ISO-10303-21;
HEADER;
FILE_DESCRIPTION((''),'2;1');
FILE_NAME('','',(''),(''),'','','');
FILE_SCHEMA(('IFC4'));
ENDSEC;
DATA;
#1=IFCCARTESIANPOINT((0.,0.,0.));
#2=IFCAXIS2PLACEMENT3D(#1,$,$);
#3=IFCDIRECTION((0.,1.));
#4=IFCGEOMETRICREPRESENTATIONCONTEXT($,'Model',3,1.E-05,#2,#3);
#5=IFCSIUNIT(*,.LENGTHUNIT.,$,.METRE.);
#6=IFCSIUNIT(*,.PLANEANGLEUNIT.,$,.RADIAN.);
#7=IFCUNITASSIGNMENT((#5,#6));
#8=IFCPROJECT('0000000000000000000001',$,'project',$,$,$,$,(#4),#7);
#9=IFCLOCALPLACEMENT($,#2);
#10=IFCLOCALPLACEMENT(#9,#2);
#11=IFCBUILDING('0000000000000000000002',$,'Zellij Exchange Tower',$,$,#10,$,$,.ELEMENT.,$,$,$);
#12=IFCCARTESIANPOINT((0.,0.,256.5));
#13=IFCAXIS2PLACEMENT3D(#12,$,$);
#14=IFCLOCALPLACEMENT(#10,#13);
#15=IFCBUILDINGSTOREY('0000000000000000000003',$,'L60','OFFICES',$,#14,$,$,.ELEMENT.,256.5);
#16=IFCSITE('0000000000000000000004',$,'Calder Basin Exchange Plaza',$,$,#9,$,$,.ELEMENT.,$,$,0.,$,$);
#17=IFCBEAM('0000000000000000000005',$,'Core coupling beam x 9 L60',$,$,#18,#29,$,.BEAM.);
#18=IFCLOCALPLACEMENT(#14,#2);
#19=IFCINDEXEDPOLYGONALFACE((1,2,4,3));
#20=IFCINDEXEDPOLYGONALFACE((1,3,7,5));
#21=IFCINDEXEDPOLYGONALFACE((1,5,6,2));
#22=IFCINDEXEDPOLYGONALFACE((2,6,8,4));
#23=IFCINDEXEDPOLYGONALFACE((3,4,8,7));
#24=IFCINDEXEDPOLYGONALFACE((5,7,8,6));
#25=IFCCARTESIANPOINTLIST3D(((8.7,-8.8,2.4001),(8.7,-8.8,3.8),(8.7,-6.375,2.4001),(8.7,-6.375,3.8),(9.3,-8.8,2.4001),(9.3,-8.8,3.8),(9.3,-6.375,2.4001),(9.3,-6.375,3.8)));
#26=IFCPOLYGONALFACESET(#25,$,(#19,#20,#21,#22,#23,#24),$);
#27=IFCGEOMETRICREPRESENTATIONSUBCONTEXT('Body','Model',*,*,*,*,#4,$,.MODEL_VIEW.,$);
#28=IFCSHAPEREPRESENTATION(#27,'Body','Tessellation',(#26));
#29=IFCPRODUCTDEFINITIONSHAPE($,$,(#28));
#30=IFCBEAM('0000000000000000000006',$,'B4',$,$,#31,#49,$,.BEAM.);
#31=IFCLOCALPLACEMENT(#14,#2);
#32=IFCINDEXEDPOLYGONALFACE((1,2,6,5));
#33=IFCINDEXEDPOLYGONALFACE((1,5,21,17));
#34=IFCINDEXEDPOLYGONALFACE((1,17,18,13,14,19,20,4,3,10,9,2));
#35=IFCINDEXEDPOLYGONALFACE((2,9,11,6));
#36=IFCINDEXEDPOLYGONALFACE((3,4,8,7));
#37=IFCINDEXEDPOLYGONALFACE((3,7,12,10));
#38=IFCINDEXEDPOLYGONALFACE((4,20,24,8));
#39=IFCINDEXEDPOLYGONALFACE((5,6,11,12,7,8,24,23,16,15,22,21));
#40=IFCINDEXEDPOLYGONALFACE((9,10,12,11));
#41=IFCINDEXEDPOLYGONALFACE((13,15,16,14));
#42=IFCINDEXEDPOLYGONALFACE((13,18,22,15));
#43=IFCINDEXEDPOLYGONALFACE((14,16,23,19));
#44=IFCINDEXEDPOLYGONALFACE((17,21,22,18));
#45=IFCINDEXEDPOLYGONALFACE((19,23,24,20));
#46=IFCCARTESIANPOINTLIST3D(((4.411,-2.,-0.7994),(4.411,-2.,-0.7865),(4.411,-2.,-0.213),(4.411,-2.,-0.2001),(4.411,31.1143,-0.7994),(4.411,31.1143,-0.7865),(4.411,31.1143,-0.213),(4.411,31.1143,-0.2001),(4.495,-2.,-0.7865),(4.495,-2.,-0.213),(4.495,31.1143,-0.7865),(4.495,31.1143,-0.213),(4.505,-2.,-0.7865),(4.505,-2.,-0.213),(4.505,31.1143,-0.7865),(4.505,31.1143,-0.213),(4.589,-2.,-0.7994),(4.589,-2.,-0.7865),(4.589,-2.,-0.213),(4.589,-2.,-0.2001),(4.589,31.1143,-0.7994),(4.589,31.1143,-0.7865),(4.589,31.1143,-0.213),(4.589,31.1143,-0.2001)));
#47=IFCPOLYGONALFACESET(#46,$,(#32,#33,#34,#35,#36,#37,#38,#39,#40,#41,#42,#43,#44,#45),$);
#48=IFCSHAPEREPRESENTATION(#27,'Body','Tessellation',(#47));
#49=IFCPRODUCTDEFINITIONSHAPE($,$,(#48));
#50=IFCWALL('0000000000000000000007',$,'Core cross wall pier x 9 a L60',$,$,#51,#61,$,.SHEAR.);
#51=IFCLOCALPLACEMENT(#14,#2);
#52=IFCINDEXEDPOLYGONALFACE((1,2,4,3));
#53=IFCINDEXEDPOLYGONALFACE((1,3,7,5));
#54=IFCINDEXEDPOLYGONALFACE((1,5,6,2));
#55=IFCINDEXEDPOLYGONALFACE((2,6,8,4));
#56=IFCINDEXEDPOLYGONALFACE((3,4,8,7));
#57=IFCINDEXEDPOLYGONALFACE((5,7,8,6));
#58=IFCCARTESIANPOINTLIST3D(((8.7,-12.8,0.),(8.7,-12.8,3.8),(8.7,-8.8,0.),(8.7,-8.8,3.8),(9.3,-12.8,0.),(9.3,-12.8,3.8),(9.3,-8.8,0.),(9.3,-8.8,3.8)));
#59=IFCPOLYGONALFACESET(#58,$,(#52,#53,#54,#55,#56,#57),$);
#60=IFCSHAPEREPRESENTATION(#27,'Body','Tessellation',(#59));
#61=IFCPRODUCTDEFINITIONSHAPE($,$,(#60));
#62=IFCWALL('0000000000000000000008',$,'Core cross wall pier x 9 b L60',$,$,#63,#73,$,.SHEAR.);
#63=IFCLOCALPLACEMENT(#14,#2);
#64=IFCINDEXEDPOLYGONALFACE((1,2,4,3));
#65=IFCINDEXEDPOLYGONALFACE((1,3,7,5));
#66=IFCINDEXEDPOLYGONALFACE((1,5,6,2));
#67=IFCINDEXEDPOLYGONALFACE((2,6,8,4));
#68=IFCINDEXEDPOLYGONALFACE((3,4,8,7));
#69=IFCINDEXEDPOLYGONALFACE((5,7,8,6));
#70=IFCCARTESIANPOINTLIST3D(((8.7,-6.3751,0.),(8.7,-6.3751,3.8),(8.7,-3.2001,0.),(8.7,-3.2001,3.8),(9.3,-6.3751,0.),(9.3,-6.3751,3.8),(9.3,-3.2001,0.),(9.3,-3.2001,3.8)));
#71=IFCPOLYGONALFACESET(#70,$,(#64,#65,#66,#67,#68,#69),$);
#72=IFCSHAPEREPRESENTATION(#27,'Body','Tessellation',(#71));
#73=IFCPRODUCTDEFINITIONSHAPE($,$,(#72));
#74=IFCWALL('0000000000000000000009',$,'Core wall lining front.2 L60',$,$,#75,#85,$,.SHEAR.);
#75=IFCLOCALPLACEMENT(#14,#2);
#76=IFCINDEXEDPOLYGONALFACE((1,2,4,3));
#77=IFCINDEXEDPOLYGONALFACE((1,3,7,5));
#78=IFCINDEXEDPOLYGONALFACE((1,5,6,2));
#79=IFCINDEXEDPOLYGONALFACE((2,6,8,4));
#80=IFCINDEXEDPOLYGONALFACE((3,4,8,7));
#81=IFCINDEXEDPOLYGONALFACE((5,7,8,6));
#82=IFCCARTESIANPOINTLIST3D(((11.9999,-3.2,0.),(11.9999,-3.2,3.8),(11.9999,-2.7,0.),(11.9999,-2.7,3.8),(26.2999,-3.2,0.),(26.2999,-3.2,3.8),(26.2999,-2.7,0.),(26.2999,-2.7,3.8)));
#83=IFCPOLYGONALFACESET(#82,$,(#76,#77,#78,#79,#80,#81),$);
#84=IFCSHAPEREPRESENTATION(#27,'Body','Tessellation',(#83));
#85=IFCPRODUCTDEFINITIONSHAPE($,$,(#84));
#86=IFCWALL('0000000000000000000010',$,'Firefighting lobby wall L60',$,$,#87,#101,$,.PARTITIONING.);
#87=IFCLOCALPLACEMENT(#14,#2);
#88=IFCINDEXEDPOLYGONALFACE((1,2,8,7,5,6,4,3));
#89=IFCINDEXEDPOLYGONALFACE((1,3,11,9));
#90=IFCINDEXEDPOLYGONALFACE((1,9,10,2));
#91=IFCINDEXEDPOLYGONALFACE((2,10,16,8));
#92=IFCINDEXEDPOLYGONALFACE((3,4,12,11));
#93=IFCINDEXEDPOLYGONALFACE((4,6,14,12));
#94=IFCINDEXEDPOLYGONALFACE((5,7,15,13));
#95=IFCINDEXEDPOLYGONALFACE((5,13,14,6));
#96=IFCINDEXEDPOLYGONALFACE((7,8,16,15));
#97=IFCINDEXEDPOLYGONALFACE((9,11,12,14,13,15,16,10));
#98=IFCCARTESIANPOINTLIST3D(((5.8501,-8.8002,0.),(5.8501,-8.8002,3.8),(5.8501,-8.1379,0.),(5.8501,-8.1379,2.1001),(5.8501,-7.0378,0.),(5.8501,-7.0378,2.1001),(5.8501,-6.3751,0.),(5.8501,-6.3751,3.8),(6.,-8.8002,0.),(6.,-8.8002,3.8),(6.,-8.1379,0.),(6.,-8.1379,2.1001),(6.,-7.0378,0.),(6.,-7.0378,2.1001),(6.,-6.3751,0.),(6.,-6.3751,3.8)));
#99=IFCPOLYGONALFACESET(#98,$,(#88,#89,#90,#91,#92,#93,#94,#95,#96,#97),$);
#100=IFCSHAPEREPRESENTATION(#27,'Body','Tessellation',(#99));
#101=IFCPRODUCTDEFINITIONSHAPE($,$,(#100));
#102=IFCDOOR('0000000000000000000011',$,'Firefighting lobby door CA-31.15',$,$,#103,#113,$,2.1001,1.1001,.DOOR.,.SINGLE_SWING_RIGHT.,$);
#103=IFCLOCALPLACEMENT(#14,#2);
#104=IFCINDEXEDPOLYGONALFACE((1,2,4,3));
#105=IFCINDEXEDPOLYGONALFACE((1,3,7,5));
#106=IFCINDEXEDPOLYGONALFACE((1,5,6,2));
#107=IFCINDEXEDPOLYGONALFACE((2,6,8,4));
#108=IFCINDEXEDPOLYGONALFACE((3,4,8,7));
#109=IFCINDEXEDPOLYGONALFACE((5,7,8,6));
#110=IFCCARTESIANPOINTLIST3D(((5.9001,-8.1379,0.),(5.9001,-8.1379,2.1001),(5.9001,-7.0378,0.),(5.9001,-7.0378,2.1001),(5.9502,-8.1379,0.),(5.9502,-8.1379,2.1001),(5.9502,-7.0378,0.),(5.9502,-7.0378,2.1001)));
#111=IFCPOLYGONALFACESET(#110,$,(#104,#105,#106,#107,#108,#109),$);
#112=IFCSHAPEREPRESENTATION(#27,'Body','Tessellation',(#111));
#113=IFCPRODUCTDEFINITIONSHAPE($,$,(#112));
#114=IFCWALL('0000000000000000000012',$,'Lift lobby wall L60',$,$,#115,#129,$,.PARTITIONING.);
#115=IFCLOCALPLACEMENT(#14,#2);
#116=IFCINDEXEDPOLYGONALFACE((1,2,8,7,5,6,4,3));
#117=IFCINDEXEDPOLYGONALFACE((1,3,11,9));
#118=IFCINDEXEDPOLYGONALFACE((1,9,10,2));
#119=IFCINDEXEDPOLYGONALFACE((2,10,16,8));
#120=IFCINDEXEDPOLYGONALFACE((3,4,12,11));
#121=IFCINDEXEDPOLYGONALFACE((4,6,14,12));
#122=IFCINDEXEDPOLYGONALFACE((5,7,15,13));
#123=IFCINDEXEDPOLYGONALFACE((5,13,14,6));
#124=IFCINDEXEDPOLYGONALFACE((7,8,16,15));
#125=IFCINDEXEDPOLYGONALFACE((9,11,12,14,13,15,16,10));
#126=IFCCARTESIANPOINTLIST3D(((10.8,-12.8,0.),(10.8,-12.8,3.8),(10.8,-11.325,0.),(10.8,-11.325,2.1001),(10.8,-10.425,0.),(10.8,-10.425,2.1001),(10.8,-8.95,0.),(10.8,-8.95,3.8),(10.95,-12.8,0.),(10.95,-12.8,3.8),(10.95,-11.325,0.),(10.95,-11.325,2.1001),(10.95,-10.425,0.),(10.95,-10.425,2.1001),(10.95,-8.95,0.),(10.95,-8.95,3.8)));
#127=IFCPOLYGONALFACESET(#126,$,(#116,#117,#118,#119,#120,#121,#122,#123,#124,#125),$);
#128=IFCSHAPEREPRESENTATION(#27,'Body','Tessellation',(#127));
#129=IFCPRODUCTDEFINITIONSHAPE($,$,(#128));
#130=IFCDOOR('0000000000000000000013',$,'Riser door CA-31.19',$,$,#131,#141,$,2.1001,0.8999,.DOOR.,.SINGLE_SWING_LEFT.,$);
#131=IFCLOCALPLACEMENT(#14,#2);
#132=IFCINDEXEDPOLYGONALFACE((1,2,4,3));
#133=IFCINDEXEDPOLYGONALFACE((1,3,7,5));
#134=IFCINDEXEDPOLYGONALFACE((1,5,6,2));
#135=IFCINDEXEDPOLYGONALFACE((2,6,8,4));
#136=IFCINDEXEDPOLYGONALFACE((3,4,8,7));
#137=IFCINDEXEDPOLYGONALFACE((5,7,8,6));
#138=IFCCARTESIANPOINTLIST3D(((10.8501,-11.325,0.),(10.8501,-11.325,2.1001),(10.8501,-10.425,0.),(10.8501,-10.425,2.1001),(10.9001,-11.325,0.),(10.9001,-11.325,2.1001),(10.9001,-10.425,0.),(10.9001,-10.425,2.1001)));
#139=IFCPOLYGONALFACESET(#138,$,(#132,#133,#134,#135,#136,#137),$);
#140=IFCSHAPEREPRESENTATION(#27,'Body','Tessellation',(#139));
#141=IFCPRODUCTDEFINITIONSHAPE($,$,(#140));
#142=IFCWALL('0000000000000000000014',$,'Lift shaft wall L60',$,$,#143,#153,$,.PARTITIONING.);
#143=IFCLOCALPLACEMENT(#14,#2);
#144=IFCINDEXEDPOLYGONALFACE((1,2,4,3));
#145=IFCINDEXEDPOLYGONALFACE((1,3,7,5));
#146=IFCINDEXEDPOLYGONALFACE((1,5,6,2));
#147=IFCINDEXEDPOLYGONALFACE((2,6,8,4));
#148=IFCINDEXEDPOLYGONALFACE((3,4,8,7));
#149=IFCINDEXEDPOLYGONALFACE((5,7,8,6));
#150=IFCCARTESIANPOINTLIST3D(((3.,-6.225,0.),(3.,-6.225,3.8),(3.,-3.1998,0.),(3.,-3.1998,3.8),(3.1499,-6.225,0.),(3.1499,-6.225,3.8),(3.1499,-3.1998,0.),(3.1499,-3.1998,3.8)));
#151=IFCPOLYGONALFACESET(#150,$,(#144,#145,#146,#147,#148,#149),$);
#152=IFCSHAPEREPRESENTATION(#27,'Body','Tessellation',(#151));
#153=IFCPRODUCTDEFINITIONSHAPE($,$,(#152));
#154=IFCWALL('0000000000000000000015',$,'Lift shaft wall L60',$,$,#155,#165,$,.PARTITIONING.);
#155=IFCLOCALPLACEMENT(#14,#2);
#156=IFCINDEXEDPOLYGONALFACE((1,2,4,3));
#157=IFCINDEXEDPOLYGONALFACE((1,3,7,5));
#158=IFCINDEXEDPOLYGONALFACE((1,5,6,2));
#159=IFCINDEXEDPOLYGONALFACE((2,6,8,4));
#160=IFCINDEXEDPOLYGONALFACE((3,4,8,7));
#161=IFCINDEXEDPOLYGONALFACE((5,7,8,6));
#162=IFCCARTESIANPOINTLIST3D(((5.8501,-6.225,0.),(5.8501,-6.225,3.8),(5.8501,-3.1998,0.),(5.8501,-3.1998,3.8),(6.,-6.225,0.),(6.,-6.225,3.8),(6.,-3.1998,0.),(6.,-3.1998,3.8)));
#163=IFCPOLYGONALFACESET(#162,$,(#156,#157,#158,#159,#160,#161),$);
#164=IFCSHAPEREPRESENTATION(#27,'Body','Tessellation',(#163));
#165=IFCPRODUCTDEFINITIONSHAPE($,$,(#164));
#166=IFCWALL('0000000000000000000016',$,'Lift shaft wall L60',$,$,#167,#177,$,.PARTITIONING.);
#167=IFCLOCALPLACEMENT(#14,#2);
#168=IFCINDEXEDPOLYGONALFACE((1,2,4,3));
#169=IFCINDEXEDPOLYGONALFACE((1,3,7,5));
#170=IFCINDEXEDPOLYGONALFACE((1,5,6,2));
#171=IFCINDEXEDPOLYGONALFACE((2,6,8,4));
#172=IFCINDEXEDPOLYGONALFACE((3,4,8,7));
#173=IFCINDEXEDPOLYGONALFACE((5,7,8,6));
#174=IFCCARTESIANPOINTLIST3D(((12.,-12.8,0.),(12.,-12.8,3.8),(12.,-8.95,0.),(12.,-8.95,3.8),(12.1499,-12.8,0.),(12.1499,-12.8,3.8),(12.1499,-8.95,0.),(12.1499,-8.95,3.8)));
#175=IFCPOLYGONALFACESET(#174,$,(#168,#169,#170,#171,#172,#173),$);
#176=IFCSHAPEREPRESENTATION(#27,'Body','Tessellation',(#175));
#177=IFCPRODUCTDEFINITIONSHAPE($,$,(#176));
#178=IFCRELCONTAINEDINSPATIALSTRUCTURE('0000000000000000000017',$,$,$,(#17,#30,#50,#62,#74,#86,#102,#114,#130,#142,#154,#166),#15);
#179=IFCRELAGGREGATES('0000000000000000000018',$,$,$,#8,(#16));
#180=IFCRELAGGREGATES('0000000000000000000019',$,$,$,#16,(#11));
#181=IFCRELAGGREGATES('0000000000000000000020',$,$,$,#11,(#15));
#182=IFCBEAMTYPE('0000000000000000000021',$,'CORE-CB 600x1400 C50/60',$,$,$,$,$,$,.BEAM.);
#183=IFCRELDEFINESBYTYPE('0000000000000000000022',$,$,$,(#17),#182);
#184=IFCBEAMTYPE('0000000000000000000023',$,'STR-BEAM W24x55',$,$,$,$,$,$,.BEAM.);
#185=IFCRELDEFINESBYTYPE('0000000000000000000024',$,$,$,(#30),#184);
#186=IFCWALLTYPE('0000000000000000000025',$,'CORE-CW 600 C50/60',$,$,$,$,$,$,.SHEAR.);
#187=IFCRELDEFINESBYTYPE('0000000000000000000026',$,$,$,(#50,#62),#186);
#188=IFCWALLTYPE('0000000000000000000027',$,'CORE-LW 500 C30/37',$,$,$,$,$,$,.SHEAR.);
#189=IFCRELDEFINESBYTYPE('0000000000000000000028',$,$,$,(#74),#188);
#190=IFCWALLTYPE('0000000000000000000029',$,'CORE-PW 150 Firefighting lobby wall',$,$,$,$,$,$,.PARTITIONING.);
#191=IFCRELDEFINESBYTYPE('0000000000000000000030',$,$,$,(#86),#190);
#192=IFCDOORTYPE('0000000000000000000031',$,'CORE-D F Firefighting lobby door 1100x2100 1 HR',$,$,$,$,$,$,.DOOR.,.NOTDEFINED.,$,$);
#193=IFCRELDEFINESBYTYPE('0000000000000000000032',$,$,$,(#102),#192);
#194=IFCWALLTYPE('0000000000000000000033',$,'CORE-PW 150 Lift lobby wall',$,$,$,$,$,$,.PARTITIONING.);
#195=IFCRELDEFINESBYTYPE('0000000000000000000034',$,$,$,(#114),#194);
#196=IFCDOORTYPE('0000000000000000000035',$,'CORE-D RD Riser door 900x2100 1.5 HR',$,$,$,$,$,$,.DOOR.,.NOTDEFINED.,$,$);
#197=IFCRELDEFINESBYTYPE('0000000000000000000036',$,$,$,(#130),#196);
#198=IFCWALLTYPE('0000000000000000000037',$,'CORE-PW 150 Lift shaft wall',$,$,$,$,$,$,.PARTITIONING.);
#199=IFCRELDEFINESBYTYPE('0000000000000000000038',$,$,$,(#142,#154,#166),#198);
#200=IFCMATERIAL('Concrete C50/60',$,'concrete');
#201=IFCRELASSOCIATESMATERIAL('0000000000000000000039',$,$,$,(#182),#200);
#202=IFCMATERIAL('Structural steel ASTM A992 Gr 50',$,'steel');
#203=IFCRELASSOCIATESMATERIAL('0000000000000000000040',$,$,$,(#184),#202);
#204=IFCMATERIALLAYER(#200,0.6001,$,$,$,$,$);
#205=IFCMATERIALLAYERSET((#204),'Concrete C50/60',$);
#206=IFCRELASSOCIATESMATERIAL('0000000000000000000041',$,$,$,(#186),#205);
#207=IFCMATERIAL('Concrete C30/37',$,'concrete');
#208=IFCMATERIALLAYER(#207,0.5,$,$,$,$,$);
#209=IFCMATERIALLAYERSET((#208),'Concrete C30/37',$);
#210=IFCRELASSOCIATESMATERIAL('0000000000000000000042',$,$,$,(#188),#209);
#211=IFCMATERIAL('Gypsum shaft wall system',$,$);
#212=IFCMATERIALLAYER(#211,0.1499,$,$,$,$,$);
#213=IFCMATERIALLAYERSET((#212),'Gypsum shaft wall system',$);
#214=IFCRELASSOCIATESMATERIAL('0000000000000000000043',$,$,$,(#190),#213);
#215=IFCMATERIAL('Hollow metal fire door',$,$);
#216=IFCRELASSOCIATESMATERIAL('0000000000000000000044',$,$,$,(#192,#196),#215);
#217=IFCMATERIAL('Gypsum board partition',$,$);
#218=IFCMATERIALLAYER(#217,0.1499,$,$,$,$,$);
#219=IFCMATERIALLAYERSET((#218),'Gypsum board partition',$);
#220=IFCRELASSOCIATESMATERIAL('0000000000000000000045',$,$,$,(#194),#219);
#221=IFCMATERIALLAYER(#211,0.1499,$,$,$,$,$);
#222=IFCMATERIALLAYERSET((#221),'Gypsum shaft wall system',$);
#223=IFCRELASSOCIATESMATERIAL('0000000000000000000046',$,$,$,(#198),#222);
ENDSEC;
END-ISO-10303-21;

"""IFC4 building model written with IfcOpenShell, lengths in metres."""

from ifc_helpers import new_model, si_unit, direction, frame, frame_2d, origin, origin_2d, place, context, subcontext, project, spatial, rectangle, i_section, extrude, material, layer, layer_set, material_profile, profile_set, type_object, element, fill, save


model = new_model("IFC4")

# Units and contexts
model_context = context("Model", 3, precision=1e-05, world=origin(), true_north=direction((0.0, 1.0)))
body_context = subcontext(model_context, "Body", "Model", "MODEL_VIEW")
ifc_project = project(units=[si_unit("LENGTHUNIT", "METRE"), si_unit("PLANEANGLEUNIT", "RADIAN")], contexts=[model_context])

# Site, building, storey
site_placement = place(None, origin())
site = spatial("IfcSite", under=ifc_project, at=site_placement, Name="Calder Basin Exchange Plaza", CompositionType="ELEMENT", RefElevation=0.0)
building_placement = place(site_placement, origin())
building = spatial("IfcBuilding", under=site, at=building_placement, Name="Zellij Exchange Tower", CompositionType="ELEMENT")
storey_placement = place(building_placement, frame((0.0, 0.0, 256.5)))
storey = spatial("IfcBuildingStorey", under=building, at=storey_placement, Name="L60", Description="OFFICES", CompositionType="ELEMENT", Elevation=256.5)

# Beams
ifc_material_1 = material(Name="Concrete C50/60", Category="concrete")
ifc_material_profile_1 = material_profile(ifc_material_1, rectangle(XDim=0.6001, YDim=1.3999, at=origin_2d()), Name="CORE-CB 600x1400 C50/60")
ifc_profile_set_1 = profile_set([ifc_material_profile_1], Name="Concrete C50/60")
beam_type_1 = type_object("IfcBeamType", Name="CORE-CB 600x1400 C50/60", PredefinedType="BEAM", material=ifc_profile_set_1)
beam_1_placement = place(storey_placement, frame((9.0, -8.8, 3.1001), z_axis=(0.0, 1.0, 0.0), x_axis=(-1.0, 0.0, 0.0)))
element("IfcBeam", 1, at=beam_1_placement, inside=storey, type_object=beam_type_1, Name="Core coupling beam x 9 L60", PredefinedType="BEAM", context=body_context, shape_type="SweptSolid", body=[
    extrude(rectangle(XDim=0.6001, YDim=1.3999, at=origin_2d()), origin(), (0.0, 0.0, 1.0), 2.425),
])
ifc_material_2 = material(Name="Structural steel ASTM A992 Gr 50", Category="steel")
ifc_material_profile_2 = material_profile(ifc_material_2, i_section(OverallWidth=0.178, OverallDepth=0.5994, WebThickness=0.01, FlangeThickness=0.0129, at=origin_2d()), Name="W24x55")
ifc_profile_set_2 = profile_set([ifc_material_profile_2], Name="Structural steel ASTM A992 Gr 50")
beam_type_2 = type_object("IfcBeamType", Name="STR-BEAM W24x55", PredefinedType="BEAM", material=ifc_profile_set_2)
beam_2_placement = place(storey_placement, frame((4.5, -2.0, -0.4998), z_axis=(0.0, 1.0, 0.0), x_axis=(-1.0, 0.0, 0.0)))
element("IfcBeam", 2, at=beam_2_placement, inside=storey, type_object=beam_type_2, Name="B4", PredefinedType="BEAM", context=body_context, shape_type="SweptSolid", body=[
    extrude(i_section(OverallWidth=0.178, OverallDepth=0.5994, WebThickness=0.01, FlangeThickness=0.0129, at=origin_2d()), origin(), (0.0, 0.0, 1.0), 33.1143),
])

# Walls
ifc_layer_1 = layer(ifc_material_1, 0.6001)
ifc_layer_set_1 = layer_set([ifc_layer_1], Name="Concrete C50/60")
wall_type_1 = type_object("IfcWallType", Name="CORE-CW 600 C50/60", PredefinedType="SHEAR", material=ifc_layer_set_1)
wall_1_placement = place(storey_placement, frame((9.0, -12.8, 0.0), z_axis=(0.0, 0.0, 1.0), x_axis=(0.0, 1.0, 0.0)))
element("IfcWall", 3, at=wall_1_placement, inside=storey, type_object=wall_type_1, Name="Core cross wall pier x 9 a L60", PredefinedType="SHEAR", context=body_context, shape_type="SweptSolid", body=[
    extrude(rectangle(XDim=4.0, YDim=0.6001, at=frame_2d((2.0, 0.0))), origin(), (0.0, 0.0, 1.0), 3.8),
])
wall_2_placement = place(storey_placement, frame((9.0, -6.375, 0.0), z_axis=(0.0, 0.0, 1.0), x_axis=(0.0, 1.0, 0.0)))
element("IfcWall", 4, at=wall_2_placement, inside=storey, type_object=wall_type_1, Name="Core cross wall pier x 9 b L60", PredefinedType="SHEAR", context=body_context, shape_type="SweptSolid", body=[
    extrude(rectangle(XDim=3.175, YDim=0.6001, at=frame_2d((1.5874, 0.0))), origin(), (0.0, 0.0, 1.0), 3.8),
])
ifc_material_3 = material(Name="Concrete C30/37", Category="concrete")
ifc_layer_2 = layer(ifc_material_3, 0.5)
ifc_layer_set_2 = layer_set([ifc_layer_2], Name="Concrete C30/37")
wall_type_2 = type_object("IfcWallType", Name="CORE-LW 500 C30/37", PredefinedType="SHEAR", material=ifc_layer_set_2)
wall_3_placement = place(storey_placement, frame((12.0, -2.95, 0.0), z_axis=(0.0, 0.0, 1.0), x_axis=(1.0, 0.0, 0.0)))
element("IfcWall", 5, at=wall_3_placement, inside=storey, type_object=wall_type_2, Name="Core wall lining front.2 L60", PredefinedType="SHEAR", context=body_context, shape_type="SweptSolid", body=[
    extrude(rectangle(XDim=14.3, YDim=0.5, at=frame_2d((7.1499, 0.0))), origin(), (0.0, 0.0, 1.0), 3.8),
])

# Walls, openings, doors
ifc_material_4 = material(Name="Gypsum shaft wall system")
ifc_layer_3 = layer(ifc_material_4, 0.1499)
ifc_layer_set_3 = layer_set([ifc_layer_3], Name="Gypsum shaft wall system")
wall_type_3 = type_object("IfcWallType", Name="CORE-PW 150 Firefighting lobby wall", PredefinedType="PARTITIONING", material=ifc_layer_set_3)
wall_4_placement = place(storey_placement, frame((5.925, -8.8, 0.0), z_axis=(0.0, 0.0, 1.0), x_axis=(0.0, 1.0, 0.0)))
wall_4 = element("IfcWall", 6, at=wall_4_placement, inside=storey, type_object=wall_type_3, Name="Firefighting lobby wall L60", PredefinedType="PARTITIONING", context=body_context, shape_type="SweptSolid", body=[
    extrude(rectangle(XDim=2.425, YDim=0.1499, at=frame_2d((1.2124, 0.0))), origin(), (0.0, 0.0, 1.0), 3.8),
])
opening_1_placement = place(wall_4_placement, frame((0.6621, 0.0, 0.0)))
opening_1 = element("IfcOpeningElement", 7, at=opening_1_placement, cuts=wall_4, PredefinedType="OPENING", context=body_context, shape_type="SweptSolid", body=[
    extrude(rectangle(XDim=1.1001, YDim=2.1001, at=frame_2d((0.55, 1.05))), frame((0.0, 0.0869, 0.0), z_axis=(0.0, -1.0, 0.0), x_axis=(1.0, 0.0, 0.0)), (0.0, 0.0, 1.0), 0.1738),
])
ifc_material_5 = material(Name="Hollow metal fire door")
door_type_1 = type_object("IfcDoorType", Name="CORE-D F Firefighting lobby door 1100x2100 1 HR", OperationType="NOTDEFINED", PredefinedType="DOOR", material=ifc_material_5)
door_1_placement = place(opening_1_placement, origin())
door_1 = element("IfcDoor", 8, at=door_1_placement, inside=storey, type_object=door_type_1, Name="Firefighting lobby door CA-31.15", OperationType="SINGLE_SWING_RIGHT", OverallHeight=2.1001, OverallWidth=1.1001, PredefinedType="DOOR", context=body_context, shape_type="SweptSolid", body=[
    extrude(rectangle(XDim=1.1001, YDim=2.1001, at=frame_2d((0.55, 1.05))), frame((0.0, 0.0249, 0.0), z_axis=(0.0, -1.0, 0.0), x_axis=(1.0, 0.0, 0.0)), (0.0, 0.0, 1.0), 0.05),
])
fill(opening_1, door_1)
ifc_material_6 = material(Name="Gypsum board partition")
ifc_layer_4 = layer(ifc_material_6, 0.1499)
ifc_layer_set_4 = layer_set([ifc_layer_4], Name="Gypsum board partition")
wall_type_4 = type_object("IfcWallType", Name="CORE-PW 150 Lift lobby wall", PredefinedType="PARTITIONING", material=ifc_layer_set_4)
wall_5_placement = place(storey_placement, frame((10.875, -12.8, 0.0), z_axis=(0.0, 0.0, 1.0), x_axis=(0.0, 1.0, 0.0)))
wall_5 = element("IfcWall", 9, at=wall_5_placement, inside=storey, type_object=wall_type_4, Name="Lift lobby wall L60", PredefinedType="PARTITIONING", context=body_context, shape_type="SweptSolid", body=[
    extrude(rectangle(XDim=3.8501, YDim=0.1499, at=frame_2d((1.925, 0.0))), origin(), (0.0, 0.0, 1.0), 3.8),
])
opening_2_placement = place(wall_5_placement, frame((1.4751, 0.0, 0.0)))
opening_2 = element("IfcOpeningElement", 10, at=opening_2_placement, cuts=wall_5, PredefinedType="OPENING", context=body_context, shape_type="SweptSolid", body=[
    extrude(rectangle(XDim=0.8999, YDim=2.1001, at=frame_2d((0.45, 1.05))), frame((0.0, 0.0869, 0.0), z_axis=(0.0, -1.0, 0.0), x_axis=(1.0, 0.0, 0.0)), (0.0, 0.0, 1.0), 0.1738),
])
door_type_2 = type_object("IfcDoorType", Name="CORE-D RD Riser door 900x2100 1.5 HR", OperationType="NOTDEFINED", PredefinedType="DOOR", material=ifc_material_5)
door_2_placement = place(opening_2_placement, origin())
door_2 = element("IfcDoor", 11, at=door_2_placement, inside=storey, type_object=door_type_2, Name="Riser door CA-31.19", OperationType="SINGLE_SWING_LEFT", OverallHeight=2.1001, OverallWidth=0.8999, PredefinedType="DOOR", context=body_context, shape_type="SweptSolid", body=[
    extrude(rectangle(XDim=0.8999, YDim=2.1001, at=frame_2d((0.45, 1.05))), frame((0.0, 0.0249, 0.0), z_axis=(0.0, -1.0, 0.0), x_axis=(1.0, 0.0, 0.0)), (0.0, 0.0, 1.0), 0.05),
])
fill(opening_2, door_2)

# Walls
ifc_layer_5 = layer(ifc_material_4, 0.1499)
ifc_layer_set_5 = layer_set([ifc_layer_5], Name="Gypsum shaft wall system")
wall_type_5 = type_object("IfcWallType", Name="CORE-PW 150 Lift shaft wall", PredefinedType="PARTITIONING", material=ifc_layer_set_5)
for number, where, z_axis, x_axis, name in (
    (12, (3.075, -6.2251, 0.0), (0.0, 0.0, 1.0), (0.0, 1.0, 0.0), "Lift shaft wall L60"),
    (13, (5.925, -6.2251, 0.0), (0.0, 0.0, 1.0), (0.0, 1.0, 0.0), "Lift shaft wall L60"),
):
    element("IfcWall", number, at=place(storey_placement, frame(where, z_axis=z_axis, x_axis=x_axis)), inside=storey, type_object=wall_type_5, Name=name, PredefinedType="PARTITIONING", context=body_context, shape_type="SweptSolid", body=[
        extrude(rectangle(XDim=3.0251, YDim=0.1499, at=frame_2d((1.5127, 0.0))), origin(), (0.0, 0.0, 1.0), 3.8),
    ])
wall_6_placement = place(storey_placement, frame((12.075, -12.8, 0.0), z_axis=(0.0, 0.0, 1.0), x_axis=(0.0, 1.0, 0.0)))
element("IfcWall", 14, at=wall_6_placement, inside=storey, type_object=wall_type_5, Name="Lift shaft wall L60", PredefinedType="PARTITIONING", context=body_context, shape_type="SweptSolid", body=[
    extrude(rectangle(XDim=3.8501, YDim=0.1499, at=frame_2d((1.925, 0.0))), origin(), (0.0, 0.0, 1.0), 3.8),
])

save(model, "model.ifc")
